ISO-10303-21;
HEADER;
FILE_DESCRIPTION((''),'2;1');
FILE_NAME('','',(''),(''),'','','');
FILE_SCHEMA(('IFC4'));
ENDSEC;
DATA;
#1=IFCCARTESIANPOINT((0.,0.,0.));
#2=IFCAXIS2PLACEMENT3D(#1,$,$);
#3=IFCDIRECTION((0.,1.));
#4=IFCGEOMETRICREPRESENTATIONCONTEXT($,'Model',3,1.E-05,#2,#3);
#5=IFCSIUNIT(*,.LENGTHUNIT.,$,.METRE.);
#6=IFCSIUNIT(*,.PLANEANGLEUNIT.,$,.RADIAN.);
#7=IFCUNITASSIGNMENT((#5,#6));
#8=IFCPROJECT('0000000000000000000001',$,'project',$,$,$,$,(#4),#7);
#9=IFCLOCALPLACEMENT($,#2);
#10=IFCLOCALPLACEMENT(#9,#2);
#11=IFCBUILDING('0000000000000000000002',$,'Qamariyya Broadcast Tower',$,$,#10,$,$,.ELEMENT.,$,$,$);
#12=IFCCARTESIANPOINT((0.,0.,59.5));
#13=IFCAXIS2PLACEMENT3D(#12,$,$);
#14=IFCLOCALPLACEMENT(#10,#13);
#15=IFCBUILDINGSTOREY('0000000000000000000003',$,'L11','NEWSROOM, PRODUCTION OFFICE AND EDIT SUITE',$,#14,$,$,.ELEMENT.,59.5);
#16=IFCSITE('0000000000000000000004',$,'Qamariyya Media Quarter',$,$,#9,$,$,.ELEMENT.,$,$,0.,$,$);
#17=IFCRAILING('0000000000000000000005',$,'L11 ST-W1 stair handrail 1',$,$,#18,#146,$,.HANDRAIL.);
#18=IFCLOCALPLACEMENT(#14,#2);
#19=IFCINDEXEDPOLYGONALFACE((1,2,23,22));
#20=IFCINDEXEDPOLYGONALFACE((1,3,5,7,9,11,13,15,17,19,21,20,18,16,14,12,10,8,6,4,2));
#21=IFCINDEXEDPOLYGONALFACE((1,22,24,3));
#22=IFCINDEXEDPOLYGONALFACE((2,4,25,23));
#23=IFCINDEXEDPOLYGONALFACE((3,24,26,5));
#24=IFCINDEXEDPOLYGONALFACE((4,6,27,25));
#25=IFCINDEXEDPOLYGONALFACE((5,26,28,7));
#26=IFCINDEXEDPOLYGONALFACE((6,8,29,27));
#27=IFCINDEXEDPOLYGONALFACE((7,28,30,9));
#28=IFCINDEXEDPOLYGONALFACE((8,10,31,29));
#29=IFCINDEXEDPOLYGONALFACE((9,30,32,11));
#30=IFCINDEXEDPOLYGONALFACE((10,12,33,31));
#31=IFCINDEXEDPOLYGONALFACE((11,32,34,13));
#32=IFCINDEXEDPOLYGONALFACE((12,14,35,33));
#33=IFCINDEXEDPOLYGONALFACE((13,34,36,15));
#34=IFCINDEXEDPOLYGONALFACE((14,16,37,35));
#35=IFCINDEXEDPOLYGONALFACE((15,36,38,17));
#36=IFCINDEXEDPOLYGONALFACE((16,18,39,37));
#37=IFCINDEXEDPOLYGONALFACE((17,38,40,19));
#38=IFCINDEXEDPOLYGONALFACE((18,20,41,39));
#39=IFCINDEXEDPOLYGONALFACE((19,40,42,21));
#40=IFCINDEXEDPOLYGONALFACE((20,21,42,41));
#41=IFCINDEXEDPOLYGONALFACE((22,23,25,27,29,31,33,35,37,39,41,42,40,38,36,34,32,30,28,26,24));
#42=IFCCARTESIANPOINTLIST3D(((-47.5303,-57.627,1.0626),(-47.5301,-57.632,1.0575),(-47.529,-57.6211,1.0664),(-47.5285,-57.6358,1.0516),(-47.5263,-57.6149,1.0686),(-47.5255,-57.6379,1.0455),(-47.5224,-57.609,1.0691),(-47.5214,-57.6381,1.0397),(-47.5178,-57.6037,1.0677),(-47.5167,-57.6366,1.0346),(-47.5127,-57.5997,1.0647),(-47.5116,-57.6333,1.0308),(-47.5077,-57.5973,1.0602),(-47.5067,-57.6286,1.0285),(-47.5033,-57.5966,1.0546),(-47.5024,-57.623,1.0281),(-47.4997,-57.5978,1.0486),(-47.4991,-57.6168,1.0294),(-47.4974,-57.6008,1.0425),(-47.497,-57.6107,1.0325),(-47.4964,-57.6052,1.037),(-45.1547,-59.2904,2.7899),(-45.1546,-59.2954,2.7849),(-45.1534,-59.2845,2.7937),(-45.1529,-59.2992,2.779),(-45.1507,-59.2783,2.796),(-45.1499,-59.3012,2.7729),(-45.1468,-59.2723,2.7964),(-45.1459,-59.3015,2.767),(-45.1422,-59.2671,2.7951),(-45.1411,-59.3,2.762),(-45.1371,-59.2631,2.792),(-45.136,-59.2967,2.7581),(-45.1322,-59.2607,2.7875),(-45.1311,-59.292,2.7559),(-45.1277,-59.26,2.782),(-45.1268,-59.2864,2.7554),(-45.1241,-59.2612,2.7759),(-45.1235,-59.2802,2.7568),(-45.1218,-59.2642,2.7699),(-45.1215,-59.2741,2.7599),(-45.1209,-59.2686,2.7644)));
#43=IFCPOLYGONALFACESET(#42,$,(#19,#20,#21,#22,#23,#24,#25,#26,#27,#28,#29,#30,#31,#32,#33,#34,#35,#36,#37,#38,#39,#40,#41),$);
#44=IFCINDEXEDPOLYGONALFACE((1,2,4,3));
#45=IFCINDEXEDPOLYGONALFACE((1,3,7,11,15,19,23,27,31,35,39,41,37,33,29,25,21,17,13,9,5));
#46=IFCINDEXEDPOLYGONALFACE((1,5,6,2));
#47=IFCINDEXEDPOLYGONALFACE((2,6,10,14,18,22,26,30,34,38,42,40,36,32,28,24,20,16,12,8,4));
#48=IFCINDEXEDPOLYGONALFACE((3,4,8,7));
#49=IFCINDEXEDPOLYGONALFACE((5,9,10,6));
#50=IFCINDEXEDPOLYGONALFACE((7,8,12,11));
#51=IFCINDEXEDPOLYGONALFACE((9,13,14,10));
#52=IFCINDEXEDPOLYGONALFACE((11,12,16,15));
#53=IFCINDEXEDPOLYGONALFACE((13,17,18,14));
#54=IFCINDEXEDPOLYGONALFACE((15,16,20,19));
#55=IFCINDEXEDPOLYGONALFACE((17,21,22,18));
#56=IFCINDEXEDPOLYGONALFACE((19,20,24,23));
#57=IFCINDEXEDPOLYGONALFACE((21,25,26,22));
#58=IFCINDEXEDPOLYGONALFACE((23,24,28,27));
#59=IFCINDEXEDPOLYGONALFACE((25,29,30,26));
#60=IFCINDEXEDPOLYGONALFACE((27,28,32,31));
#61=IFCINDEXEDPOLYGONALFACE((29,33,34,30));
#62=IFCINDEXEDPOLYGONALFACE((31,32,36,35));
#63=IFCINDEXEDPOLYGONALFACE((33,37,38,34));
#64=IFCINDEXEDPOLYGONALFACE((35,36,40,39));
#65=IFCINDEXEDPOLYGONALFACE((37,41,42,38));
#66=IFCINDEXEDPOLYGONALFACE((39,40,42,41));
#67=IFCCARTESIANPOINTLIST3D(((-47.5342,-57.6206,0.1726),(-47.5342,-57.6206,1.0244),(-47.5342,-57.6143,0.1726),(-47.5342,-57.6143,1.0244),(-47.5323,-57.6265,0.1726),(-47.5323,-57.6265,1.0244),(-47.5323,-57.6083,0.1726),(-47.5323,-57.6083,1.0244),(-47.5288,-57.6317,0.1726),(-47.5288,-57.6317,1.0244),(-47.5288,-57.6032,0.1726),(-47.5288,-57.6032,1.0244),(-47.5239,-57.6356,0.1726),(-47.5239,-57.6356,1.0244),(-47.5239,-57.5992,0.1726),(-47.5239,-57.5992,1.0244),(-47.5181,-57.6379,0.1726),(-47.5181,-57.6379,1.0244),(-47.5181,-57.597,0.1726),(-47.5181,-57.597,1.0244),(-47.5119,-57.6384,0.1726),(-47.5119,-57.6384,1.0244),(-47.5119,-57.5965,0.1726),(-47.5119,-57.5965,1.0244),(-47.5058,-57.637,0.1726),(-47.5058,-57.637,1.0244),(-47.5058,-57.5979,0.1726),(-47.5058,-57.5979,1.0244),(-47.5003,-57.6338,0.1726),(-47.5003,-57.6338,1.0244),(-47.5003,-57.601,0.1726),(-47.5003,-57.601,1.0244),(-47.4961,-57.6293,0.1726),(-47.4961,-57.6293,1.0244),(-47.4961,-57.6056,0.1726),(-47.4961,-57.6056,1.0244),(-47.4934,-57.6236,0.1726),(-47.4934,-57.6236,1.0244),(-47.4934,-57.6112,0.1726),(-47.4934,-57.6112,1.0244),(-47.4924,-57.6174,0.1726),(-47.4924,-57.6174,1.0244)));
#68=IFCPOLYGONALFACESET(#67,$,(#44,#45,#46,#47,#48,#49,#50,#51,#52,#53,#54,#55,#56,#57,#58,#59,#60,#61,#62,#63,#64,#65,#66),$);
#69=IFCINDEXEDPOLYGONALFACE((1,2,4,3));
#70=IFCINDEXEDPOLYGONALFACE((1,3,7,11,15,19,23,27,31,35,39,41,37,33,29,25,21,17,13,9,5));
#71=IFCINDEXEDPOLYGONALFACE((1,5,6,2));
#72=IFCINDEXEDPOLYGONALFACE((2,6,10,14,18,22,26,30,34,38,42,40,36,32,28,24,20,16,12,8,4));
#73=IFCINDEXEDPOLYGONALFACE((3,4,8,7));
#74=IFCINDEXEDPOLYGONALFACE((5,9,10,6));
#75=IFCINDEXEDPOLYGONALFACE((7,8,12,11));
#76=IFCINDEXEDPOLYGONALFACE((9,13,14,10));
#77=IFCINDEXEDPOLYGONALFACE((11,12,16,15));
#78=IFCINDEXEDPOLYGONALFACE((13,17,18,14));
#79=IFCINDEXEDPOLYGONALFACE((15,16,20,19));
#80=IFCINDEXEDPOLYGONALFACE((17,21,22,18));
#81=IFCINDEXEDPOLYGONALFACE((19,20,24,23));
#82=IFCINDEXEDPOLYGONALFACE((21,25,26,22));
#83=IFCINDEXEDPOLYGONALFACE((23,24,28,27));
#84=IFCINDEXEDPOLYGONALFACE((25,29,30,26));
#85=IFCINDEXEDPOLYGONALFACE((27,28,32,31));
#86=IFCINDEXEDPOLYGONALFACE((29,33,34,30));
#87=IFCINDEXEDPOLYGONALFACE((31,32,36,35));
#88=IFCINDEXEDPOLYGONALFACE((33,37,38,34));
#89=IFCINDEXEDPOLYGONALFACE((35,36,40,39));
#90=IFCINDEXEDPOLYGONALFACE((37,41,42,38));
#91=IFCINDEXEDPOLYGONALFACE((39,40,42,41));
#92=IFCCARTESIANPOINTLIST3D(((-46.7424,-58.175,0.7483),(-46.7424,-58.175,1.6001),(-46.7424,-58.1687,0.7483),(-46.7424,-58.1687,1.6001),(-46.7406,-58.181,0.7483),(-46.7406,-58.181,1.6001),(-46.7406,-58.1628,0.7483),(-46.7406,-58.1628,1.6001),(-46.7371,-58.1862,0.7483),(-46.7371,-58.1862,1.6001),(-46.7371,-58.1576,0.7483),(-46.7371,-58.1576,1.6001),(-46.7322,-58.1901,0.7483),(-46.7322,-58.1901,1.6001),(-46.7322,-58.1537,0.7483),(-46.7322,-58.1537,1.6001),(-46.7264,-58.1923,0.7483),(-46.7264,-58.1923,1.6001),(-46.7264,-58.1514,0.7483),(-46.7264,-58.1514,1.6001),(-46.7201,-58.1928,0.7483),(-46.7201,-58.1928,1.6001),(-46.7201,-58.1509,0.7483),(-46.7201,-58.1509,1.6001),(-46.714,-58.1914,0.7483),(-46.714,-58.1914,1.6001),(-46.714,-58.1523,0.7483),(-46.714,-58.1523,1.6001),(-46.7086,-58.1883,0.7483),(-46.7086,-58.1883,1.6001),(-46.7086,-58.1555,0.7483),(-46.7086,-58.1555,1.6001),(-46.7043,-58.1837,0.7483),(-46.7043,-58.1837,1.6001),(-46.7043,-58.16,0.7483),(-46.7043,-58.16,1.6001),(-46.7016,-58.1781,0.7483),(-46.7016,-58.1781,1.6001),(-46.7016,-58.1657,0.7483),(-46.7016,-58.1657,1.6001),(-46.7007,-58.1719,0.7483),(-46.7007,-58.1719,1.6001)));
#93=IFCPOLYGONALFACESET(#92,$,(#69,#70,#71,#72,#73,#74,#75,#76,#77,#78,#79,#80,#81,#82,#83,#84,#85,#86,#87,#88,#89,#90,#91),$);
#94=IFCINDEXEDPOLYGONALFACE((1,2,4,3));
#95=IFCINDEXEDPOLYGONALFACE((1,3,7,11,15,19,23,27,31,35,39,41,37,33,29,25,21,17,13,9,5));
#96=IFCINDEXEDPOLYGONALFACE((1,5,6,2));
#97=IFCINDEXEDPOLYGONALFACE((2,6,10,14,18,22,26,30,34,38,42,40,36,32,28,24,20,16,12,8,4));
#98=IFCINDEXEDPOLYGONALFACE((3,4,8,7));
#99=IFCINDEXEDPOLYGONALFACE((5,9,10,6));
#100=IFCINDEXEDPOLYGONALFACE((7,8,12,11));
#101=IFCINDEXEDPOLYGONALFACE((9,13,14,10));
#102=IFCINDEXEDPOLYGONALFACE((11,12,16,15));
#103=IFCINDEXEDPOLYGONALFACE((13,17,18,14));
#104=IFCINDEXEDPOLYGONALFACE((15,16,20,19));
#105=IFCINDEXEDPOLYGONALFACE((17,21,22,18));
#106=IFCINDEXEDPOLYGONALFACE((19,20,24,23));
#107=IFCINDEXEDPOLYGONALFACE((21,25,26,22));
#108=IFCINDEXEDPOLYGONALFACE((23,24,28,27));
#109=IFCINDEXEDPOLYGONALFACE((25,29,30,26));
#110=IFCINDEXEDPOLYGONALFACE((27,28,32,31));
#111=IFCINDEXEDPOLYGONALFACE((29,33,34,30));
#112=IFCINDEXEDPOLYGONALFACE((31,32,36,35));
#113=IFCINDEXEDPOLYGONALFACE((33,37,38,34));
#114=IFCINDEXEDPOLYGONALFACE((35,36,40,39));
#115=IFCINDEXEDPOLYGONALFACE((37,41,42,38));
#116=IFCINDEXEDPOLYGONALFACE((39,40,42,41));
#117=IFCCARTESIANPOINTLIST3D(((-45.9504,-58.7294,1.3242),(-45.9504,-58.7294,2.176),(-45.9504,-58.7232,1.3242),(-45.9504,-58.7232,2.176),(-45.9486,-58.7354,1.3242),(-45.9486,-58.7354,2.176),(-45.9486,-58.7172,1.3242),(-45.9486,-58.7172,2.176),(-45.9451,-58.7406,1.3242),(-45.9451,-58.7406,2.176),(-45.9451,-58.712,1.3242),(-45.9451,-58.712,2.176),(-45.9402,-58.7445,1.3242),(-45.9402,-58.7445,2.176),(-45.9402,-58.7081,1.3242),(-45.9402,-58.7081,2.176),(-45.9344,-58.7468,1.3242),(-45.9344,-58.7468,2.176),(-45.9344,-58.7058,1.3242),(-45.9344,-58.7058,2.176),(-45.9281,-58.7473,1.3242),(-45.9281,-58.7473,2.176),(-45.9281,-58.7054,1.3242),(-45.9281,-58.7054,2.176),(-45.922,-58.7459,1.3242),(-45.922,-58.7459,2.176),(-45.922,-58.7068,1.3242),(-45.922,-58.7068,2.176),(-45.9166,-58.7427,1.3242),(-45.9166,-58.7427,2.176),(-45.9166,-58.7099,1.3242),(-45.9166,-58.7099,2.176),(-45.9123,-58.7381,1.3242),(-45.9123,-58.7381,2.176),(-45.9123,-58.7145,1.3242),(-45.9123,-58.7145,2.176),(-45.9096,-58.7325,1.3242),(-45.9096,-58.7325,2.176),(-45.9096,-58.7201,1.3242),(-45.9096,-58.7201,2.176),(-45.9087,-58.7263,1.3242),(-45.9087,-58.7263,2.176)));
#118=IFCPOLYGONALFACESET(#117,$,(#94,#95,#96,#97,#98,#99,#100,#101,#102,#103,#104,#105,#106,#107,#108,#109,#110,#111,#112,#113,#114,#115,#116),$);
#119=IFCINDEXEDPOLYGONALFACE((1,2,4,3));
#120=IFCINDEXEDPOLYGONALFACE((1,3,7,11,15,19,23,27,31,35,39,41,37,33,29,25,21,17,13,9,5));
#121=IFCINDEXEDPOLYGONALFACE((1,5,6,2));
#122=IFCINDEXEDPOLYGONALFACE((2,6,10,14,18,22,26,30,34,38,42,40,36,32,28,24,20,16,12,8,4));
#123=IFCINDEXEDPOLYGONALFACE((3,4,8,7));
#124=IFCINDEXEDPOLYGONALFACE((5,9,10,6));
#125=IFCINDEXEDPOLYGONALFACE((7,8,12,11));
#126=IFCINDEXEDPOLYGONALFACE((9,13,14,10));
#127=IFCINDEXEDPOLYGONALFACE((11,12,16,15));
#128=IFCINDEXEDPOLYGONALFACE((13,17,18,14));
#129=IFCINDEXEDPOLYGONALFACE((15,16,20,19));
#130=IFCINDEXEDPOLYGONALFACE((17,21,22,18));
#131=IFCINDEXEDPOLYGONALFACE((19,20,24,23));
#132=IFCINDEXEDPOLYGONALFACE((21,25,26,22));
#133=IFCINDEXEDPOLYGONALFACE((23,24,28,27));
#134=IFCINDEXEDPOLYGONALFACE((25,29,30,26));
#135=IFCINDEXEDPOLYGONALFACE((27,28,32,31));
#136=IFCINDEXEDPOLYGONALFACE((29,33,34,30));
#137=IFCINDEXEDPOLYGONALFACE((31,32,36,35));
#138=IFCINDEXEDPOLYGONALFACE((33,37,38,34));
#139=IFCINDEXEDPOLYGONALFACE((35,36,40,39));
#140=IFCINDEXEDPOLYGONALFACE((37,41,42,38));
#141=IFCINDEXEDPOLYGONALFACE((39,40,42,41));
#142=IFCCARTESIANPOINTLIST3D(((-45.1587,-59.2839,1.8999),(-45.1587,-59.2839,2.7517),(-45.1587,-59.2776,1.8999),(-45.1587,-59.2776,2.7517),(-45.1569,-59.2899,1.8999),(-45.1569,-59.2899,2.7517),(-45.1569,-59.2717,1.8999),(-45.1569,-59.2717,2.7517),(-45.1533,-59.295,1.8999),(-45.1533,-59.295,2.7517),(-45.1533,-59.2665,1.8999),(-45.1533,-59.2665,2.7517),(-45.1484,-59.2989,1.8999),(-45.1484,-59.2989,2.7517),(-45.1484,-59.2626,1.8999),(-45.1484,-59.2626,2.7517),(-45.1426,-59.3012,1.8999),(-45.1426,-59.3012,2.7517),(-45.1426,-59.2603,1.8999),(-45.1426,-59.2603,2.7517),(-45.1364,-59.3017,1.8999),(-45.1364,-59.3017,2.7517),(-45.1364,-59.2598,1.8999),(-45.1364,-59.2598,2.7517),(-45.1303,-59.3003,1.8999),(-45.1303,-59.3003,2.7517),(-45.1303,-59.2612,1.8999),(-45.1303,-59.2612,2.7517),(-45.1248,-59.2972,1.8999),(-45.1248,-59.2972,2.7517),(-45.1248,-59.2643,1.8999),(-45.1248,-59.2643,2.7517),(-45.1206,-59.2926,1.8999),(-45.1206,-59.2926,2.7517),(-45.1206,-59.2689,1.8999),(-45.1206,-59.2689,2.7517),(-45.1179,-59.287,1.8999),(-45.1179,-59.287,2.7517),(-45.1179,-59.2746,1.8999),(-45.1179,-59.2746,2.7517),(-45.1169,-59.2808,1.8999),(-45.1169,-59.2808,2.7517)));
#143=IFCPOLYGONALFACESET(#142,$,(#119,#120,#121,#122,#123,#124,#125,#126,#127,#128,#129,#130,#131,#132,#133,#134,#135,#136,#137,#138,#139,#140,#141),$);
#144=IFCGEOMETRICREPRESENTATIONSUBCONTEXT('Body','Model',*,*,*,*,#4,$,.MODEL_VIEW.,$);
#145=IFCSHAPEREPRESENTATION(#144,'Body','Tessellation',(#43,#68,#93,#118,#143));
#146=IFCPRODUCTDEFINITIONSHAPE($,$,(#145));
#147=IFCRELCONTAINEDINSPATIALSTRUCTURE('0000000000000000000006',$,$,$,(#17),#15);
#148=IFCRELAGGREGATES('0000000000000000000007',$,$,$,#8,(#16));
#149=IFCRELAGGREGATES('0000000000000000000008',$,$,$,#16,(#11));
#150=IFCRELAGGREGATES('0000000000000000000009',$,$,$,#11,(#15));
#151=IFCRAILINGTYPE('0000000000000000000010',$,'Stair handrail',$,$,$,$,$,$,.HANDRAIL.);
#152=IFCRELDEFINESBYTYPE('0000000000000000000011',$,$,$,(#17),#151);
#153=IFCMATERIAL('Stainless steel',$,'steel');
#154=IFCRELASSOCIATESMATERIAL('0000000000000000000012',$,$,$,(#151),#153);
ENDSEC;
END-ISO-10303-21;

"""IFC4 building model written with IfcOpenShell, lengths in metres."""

from ifc_helpers import new_model, si_unit, direction, frame, origin, origin_2d, place, context, subcontext, project, spatial, circle, extrude, material, type_object, element, save


model = new_model("IFC4")

# Units and contexts
model_context = context("Model", 3, precision=1e-05, world=origin(), true_north=direction((0.0, 1.0)))
body_context = subcontext(model_context, "Body", "Model", "MODEL_VIEW")
ifc_project = project(units=[si_unit("LENGTHUNIT", "METRE"), si_unit("PLANEANGLEUNIT", "RADIAN")], contexts=[model_context])

# Site, building, storey
site_placement = place(None, origin())
site = spatial("IfcSite", under=ifc_project, at=site_placement, Name="Qamariyya Media Quarter", CompositionType="ELEMENT", RefElevation=0.0)
building_placement = place(site_placement, origin())
building = spatial("IfcBuilding", under=site, at=building_placement, Name="Qamariyya Broadcast Tower", CompositionType="ELEMENT")
storey_placement = place(building_placement, frame((0.0, 0.0, 59.5)))
storey = spatial("IfcBuildingStorey", under=building, at=storey_placement, Name="L11", Description="NEWSROOM, PRODUCTION OFFICE AND EDIT SUITE", CompositionType="ELEMENT", Elevation=59.5)

# Railing
ifc_material_1 = material(Name="Stainless steel", Category="steel")
railing_type_1 = type_object("IfcRailingType", Name="Stair handrail", PredefinedType="HANDRAIL", material=ifc_material_1)
railing_1_placement = place(storey_placement, frame((-47.5134, -57.6174, 0.1726)))
element("IfcRailing", 1, at=railing_1_placement, inside=storey, type_object=railing_type_1, Name="L11 ST-W1 stair handrail 1", PredefinedType="HANDRAIL", context=body_context, shape_type="SweptSolid", body=[
    extrude(circle(Radius=0.0239, at=origin_2d()), frame((0.0, 0.0, 0.876), z_axis=(0.70377, -0.492784, 0.511734), x_axis=(0.573575, 0.819153, 0.0)), (0.0, 0.0, 1.0), 3.3755),
    extrude(circle(Radius=0.021, at=origin_2d()), origin(), (0.0, 0.0, 1.0), 0.8518),
    extrude(circle(Radius=0.021, at=origin_2d()), frame((0.7917, -0.5544, 0.5757)), (0.0, 0.0, 1.0), 0.8518),
    extrude(circle(Radius=0.021, at=origin_2d()), frame((1.5837, -1.1089, 1.1516)), (0.0, 0.0, 1.0), 0.8518),
    extrude(circle(Radius=0.021, at=origin_2d()), frame((2.3755, -1.6633, 1.7273)), (0.0, 0.0, 1.0), 0.8518),
])

save(model, "model.ifc")
